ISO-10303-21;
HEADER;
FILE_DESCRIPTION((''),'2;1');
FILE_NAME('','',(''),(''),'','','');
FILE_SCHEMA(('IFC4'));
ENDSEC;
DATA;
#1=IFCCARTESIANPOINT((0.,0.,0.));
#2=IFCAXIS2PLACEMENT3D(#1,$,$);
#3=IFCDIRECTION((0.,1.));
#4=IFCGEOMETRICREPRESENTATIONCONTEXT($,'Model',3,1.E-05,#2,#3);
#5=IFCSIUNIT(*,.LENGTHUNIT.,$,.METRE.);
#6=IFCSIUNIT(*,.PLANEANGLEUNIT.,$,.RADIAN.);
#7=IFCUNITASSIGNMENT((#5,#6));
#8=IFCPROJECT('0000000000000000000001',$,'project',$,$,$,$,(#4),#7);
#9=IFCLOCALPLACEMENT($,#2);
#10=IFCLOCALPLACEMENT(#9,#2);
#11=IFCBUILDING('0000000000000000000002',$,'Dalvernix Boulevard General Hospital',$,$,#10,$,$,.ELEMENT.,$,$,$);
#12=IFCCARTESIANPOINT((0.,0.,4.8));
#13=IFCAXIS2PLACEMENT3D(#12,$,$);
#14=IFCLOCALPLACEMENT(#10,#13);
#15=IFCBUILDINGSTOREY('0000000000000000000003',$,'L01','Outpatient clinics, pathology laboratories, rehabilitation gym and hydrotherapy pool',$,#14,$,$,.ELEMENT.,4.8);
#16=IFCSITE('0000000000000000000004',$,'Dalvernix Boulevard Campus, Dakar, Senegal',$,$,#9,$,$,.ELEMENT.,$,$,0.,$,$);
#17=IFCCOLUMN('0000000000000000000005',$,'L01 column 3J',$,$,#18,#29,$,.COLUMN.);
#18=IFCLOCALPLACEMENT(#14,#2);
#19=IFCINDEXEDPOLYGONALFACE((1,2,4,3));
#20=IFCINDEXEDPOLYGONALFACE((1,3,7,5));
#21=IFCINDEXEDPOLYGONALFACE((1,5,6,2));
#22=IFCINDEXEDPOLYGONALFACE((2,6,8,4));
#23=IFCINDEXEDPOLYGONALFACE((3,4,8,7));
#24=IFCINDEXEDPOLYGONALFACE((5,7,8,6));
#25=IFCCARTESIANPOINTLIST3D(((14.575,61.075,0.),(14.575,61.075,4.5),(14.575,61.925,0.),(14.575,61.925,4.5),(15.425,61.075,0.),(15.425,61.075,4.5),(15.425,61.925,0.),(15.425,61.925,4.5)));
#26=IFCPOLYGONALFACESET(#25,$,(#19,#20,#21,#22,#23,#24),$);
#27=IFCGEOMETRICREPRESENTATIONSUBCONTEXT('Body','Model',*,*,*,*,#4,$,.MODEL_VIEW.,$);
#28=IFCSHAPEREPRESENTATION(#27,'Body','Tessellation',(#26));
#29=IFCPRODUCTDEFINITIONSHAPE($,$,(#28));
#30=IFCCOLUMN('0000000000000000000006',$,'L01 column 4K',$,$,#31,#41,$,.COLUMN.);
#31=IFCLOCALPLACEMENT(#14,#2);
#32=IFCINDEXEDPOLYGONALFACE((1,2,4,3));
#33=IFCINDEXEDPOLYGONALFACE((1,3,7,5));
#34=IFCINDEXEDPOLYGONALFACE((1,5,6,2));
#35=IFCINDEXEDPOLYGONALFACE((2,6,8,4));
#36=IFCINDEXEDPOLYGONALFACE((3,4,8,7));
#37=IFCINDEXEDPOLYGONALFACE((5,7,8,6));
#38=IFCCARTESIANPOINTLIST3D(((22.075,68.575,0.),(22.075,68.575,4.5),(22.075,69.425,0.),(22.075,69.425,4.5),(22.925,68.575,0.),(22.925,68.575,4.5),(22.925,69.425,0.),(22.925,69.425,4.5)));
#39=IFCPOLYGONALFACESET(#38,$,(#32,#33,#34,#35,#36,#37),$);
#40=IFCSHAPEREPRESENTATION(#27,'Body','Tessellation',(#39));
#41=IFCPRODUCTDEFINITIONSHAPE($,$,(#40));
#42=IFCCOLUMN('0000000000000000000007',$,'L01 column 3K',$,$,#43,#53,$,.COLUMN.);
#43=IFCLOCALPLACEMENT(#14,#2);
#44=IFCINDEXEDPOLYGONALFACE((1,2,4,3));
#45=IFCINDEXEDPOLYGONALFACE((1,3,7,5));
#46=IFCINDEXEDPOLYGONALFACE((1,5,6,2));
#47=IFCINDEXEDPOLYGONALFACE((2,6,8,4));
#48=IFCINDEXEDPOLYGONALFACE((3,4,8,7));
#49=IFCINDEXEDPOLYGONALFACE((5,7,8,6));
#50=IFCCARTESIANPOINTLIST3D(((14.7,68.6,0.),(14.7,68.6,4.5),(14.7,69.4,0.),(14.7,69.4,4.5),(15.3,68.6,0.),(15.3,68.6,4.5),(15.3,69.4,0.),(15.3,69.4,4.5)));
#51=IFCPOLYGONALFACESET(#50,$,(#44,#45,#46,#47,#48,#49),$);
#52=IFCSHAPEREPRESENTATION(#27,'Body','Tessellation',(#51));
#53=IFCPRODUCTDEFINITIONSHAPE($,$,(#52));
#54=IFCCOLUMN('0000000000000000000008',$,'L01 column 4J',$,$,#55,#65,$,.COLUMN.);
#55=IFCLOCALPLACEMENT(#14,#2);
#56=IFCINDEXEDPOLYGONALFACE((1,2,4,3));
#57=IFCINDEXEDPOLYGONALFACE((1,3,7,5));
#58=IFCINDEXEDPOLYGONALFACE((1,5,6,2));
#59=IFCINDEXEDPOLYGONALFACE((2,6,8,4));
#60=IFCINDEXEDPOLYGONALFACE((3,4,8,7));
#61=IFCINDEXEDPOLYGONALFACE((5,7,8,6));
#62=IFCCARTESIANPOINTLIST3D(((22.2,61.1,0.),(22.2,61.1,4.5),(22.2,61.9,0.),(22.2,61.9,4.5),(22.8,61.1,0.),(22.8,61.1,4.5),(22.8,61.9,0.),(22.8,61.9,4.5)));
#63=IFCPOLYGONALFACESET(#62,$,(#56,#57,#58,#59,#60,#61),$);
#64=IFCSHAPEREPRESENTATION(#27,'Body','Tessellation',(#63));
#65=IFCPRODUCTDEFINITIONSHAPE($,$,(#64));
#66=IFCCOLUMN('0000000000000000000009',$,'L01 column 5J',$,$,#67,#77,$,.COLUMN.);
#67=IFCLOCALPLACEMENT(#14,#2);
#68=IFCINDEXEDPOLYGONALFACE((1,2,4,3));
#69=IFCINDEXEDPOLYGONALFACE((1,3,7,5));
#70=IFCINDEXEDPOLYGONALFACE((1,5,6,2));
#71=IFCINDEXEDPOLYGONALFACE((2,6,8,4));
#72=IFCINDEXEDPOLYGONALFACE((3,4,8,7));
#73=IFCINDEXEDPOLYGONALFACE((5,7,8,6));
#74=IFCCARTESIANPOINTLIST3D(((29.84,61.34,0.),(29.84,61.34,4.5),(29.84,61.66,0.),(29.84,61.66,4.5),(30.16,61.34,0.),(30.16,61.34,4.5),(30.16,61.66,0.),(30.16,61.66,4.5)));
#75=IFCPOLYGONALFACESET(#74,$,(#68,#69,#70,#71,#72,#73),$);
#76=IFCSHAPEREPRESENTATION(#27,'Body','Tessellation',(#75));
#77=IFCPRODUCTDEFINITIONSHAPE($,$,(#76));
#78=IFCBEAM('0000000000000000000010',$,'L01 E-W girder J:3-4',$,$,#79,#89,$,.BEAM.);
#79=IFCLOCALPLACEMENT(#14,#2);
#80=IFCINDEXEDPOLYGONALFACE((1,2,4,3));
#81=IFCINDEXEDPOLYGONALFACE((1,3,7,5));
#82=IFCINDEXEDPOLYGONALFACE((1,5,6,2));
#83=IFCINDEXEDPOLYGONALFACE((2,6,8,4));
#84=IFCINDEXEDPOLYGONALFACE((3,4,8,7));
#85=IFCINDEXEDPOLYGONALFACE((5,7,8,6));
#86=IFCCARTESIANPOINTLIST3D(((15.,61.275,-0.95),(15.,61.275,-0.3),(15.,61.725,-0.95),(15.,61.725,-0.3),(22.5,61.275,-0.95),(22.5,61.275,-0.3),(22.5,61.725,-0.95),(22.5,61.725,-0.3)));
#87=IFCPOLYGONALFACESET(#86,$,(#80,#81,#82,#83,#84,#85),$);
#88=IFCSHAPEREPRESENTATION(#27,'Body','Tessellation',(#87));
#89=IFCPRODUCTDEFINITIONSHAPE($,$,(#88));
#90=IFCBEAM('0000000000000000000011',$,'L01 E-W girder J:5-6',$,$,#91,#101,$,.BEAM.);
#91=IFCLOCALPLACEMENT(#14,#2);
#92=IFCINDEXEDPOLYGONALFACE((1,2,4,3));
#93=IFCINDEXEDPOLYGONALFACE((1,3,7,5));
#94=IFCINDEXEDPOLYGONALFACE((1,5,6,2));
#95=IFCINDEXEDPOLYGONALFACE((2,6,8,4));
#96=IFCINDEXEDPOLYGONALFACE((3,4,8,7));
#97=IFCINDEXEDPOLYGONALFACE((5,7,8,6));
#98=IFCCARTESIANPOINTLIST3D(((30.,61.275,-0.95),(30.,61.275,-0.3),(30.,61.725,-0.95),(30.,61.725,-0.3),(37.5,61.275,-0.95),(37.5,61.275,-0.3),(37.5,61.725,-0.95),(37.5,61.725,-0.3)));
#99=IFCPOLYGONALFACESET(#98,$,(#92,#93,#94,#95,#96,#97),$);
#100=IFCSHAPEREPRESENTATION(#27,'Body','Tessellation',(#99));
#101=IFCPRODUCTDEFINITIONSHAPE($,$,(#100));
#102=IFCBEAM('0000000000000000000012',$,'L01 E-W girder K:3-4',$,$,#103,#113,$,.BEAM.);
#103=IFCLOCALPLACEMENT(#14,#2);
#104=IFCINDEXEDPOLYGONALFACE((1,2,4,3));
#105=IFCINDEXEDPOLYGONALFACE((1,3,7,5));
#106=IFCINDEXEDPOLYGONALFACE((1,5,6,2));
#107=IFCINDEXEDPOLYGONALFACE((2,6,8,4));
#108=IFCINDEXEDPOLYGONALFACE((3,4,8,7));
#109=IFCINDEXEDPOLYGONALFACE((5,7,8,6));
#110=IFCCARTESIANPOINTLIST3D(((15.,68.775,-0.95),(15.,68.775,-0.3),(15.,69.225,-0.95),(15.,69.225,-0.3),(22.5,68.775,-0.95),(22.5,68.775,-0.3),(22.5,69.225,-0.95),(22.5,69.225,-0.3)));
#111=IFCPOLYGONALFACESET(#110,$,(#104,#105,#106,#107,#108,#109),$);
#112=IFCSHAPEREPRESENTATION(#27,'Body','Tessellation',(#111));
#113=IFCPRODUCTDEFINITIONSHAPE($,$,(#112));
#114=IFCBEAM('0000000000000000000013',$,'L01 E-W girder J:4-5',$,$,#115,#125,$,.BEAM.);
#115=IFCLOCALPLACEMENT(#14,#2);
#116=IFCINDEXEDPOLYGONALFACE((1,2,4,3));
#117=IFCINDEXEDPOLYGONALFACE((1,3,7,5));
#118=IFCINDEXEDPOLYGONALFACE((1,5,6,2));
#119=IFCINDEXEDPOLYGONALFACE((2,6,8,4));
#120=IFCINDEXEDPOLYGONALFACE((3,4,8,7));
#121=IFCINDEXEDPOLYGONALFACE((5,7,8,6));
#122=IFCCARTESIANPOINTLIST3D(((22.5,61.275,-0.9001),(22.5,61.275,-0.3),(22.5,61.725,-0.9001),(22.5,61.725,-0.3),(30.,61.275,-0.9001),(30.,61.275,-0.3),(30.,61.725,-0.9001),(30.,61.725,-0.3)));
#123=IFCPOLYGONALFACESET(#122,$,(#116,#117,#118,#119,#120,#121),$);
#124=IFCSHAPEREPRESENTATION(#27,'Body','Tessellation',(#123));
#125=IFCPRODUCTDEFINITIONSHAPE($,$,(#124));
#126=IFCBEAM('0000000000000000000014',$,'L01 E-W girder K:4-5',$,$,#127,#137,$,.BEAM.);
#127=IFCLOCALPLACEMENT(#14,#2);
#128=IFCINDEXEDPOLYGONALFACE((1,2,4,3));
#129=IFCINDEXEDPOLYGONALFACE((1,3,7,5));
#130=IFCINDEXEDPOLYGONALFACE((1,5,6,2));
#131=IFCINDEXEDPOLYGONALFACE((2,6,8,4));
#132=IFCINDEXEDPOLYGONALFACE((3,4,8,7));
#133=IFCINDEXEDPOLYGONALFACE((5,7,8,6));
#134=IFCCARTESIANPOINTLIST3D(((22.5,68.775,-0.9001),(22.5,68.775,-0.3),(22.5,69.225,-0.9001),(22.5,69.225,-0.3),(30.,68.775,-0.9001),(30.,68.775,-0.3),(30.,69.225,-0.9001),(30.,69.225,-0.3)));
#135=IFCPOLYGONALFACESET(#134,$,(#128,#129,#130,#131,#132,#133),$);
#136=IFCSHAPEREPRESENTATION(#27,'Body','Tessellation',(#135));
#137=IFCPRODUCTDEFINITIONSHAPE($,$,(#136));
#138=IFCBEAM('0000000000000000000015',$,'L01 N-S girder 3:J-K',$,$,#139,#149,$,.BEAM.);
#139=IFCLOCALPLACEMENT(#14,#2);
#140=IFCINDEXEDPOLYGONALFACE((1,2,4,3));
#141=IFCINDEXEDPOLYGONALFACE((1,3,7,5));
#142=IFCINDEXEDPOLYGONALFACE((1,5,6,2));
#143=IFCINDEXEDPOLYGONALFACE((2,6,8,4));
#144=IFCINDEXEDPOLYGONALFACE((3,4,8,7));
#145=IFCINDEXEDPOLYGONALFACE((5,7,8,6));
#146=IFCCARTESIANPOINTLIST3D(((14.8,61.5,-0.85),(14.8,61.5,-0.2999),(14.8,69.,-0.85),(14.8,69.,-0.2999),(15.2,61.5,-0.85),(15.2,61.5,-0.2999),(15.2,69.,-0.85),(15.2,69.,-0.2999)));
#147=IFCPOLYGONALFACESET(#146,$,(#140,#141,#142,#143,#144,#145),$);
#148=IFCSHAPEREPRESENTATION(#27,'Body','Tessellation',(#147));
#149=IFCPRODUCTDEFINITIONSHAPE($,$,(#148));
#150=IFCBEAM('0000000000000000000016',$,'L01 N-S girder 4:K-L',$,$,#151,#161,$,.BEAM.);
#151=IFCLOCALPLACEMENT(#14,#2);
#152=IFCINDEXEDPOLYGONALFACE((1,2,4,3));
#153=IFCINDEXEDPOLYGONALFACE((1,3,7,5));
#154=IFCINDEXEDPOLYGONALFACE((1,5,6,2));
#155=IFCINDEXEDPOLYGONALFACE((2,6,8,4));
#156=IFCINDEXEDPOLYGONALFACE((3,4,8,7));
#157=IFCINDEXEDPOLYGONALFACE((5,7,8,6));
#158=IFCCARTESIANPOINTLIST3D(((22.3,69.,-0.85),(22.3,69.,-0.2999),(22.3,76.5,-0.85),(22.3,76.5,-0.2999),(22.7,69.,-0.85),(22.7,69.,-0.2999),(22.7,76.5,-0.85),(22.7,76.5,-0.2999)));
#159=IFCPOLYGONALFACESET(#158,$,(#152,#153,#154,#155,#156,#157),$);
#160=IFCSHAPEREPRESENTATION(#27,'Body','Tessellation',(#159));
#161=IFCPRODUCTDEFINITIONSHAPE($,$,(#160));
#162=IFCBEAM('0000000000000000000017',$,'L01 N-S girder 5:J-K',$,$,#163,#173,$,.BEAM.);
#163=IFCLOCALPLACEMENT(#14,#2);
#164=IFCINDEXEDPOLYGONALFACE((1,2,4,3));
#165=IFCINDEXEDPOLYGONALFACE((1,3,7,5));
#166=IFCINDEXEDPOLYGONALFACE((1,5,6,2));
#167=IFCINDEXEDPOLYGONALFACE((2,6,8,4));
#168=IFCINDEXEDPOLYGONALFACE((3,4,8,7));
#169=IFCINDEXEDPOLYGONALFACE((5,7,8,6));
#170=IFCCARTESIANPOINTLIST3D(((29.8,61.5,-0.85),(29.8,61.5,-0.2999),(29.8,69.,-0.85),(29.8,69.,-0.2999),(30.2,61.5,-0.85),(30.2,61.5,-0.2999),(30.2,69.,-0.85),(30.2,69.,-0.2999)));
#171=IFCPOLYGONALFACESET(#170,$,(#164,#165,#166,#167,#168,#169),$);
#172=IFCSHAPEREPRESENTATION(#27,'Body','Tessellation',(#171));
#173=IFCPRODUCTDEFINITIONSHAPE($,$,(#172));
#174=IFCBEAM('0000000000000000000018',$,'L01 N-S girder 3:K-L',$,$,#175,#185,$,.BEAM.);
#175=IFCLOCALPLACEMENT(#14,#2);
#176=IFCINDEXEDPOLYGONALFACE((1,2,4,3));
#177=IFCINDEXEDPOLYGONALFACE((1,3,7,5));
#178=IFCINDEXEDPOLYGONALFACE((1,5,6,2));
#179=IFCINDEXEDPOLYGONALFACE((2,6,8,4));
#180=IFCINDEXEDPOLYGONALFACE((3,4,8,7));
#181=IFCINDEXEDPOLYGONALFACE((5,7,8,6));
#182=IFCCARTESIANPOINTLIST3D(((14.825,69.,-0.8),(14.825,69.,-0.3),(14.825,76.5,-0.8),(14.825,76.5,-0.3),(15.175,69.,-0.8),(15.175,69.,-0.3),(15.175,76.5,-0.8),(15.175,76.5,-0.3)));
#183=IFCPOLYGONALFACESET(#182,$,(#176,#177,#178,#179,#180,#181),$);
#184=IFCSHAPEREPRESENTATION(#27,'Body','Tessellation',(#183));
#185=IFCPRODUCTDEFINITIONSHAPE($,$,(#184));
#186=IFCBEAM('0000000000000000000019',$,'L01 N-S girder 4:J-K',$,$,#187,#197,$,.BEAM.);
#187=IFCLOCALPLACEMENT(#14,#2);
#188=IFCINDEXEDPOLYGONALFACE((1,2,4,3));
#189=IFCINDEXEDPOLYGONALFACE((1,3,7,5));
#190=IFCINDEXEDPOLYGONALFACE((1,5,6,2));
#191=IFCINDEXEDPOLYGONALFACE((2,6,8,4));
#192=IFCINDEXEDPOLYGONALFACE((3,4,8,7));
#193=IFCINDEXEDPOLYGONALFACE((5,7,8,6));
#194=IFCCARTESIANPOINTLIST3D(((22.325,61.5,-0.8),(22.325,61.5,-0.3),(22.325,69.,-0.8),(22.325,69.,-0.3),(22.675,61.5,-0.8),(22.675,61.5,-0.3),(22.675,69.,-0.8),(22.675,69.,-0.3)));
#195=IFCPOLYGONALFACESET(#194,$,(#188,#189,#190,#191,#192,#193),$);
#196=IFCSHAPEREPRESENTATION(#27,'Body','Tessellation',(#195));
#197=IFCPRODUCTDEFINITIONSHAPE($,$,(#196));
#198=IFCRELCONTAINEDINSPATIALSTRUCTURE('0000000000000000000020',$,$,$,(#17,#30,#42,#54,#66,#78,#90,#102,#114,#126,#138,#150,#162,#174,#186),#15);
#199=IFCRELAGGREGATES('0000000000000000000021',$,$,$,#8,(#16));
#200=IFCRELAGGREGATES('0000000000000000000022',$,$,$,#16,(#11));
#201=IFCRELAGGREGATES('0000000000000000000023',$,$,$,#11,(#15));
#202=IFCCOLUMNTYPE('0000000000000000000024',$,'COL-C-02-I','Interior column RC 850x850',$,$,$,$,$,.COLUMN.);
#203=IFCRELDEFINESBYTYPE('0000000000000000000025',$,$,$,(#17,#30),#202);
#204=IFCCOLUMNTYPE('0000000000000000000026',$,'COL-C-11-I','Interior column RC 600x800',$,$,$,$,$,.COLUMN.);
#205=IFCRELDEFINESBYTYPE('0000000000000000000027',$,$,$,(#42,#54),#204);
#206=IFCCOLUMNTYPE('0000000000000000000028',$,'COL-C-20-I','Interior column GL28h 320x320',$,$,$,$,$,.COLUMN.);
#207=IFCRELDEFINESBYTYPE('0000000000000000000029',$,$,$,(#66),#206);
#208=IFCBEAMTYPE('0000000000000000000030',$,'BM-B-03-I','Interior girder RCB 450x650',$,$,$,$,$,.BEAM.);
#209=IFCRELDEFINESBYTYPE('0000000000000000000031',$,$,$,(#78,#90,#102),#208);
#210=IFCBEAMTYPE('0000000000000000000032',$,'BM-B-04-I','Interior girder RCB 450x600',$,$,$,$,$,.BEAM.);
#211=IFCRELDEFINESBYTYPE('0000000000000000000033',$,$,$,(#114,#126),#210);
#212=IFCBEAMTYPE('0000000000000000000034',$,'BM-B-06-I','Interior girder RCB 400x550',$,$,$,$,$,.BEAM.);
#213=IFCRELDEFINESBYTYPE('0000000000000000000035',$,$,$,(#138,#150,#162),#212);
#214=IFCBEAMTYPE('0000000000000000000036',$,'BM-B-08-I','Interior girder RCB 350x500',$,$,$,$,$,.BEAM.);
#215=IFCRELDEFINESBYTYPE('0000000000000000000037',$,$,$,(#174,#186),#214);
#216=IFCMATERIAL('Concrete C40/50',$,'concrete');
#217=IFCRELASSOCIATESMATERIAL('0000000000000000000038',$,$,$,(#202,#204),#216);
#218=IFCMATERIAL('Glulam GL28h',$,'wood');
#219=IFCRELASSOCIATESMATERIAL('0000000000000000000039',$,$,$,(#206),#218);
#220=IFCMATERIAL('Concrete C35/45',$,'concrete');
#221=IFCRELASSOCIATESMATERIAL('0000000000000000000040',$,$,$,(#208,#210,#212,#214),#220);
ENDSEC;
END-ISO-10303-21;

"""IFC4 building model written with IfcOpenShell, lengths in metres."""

from ifc_helpers import new_model, si_unit, direction, frame, origin, origin_2d, place, context, subcontext, project, spatial, rectangle, extrude, material, material_profile, profile_set, type_object, element, save


model = new_model("IFC4")

# Units and contexts
model_context = context("Model", 3, precision=1e-05, world=origin(), true_north=direction((0.0, 1.0)))
body_context = subcontext(model_context, "Body", "Model", "MODEL_VIEW")
ifc_project = project(units=[si_unit("LENGTHUNIT", "METRE"), si_unit("PLANEANGLEUNIT", "RADIAN")], contexts=[model_context])

# Site, building, storey
site_placement = place(None, origin())
site = spatial("IfcSite", under=ifc_project, at=site_placement, Name="Dalvernix Boulevard Campus, Dakar, Senegal", CompositionType="ELEMENT", RefElevation=0.0)
building_placement = place(site_placement, origin())
building = spatial("IfcBuilding", under=site, at=building_placement, Name="Dalvernix Boulevard General Hospital", CompositionType="ELEMENT")
storey_placement = place(building_placement, frame((0.0, 0.0, 4.8)))
storey = spatial("IfcBuildingStorey", under=building, at=storey_placement, Name="L01", Description="Outpatient clinics, pathology laboratories, rehabilitation gym and hydrotherapy pool", CompositionType="ELEMENT", Elevation=4.8)

# Columns
ifc_material_1 = material(Name="Concrete C40/50", Category="concrete")
ifc_material_profile_1 = material_profile(ifc_material_1, rectangle(XDim=0.8501, YDim=0.8501, at=origin_2d()), Name="RC 850x850")
ifc_profile_set_1 = profile_set([ifc_material_profile_1], Name="Concrete C40/50")
column_type_1 = type_object("IfcColumnType", Name="COL-C-02-I", Description="Interior column RC 850x850", PredefinedType="COLUMN", material=ifc_profile_set_1)
for number, where, z_axis, x_axis, name in (
    (1, (15.0, 61.5, 0.0), (0.0, 0.0, 1.0), (1.0, 0.0, 0.0), "L01 column 3J"),
    (2, (22.5, 69.0, 0.0), (0.0, 0.0, 1.0), (1.0, 0.0, 0.0), "L01 column 4K"),
):
    element("IfcColumn", number, at=place(storey_placement, frame(where, z_axis=z_axis, x_axis=x_axis)), inside=storey, type_object=column_type_1, Name=name, PredefinedType="COLUMN", context=body_context, shape_type="SweptSolid", body=[
        extrude(rectangle(XDim=0.8501, YDim=0.8501, at=origin_2d()), origin(), (0.0, 0.0, 1.0), 4.5),
    ])
ifc_material_profile_2 = material_profile(ifc_material_1, rectangle(XDim=0.6001, YDim=0.8, at=origin_2d()), Name="RC 600x800")
ifc_profile_set_2 = profile_set([ifc_material_profile_2], Name="Concrete C40/50")
column_type_2 = type_object("IfcColumnType", Name="COL-C-11-I", Description="Interior column RC 600x800", PredefinedType="COLUMN", material=ifc_profile_set_2)
for number, where, z_axis, x_axis, name in (
    (3, (15.0, 69.0, 0.0), (0.0, 0.0, 1.0), (1.0, 0.0, 0.0), "L01 column 3K"),
    (4, (22.5, 61.5, 0.0), (0.0, 0.0, 1.0), (1.0, 0.0, 0.0), "L01 column 4J"),
):
    element("IfcColumn", number, at=place(storey_placement, frame(where, z_axis=z_axis, x_axis=x_axis)), inside=storey, type_object=column_type_2, Name=name, PredefinedType="COLUMN", context=body_context, shape_type="SweptSolid", body=[
        extrude(rectangle(XDim=0.6001, YDim=0.8, at=origin_2d()), origin(), (0.0, 0.0, 1.0), 4.5),
    ])
ifc_material_2 = material(Name="Glulam GL28h", Category="wood")
ifc_material_profile_3 = material_profile(ifc_material_2, rectangle(XDim=0.3201, YDim=0.3201, at=origin_2d()), Name="GL28h 320x320")
ifc_profile_set_3 = profile_set([ifc_material_profile_3], Name="Glulam GL28h")
column_type_3 = type_object("IfcColumnType", Name="COL-C-20-I", Description="Interior column GL28h 320x320", PredefinedType="COLUMN", material=ifc_profile_set_3)
column_placement = place(storey_placement, frame((30.0, 61.5, 0.0), z_axis=(0.0, 0.0, 1.0), x_axis=(1.0, 0.0, 0.0)))
element("IfcColumn", 5, at=column_placement, inside=storey, type_object=column_type_3, Name="L01 column 5J", PredefinedType="COLUMN", context=body_context, shape_type="SweptSolid", body=[
    extrude(rectangle(XDim=0.3201, YDim=0.3201, at=origin_2d()), origin(), (0.0, 0.0, 1.0), 4.5),
])

# Beams
ifc_material_3 = material(Name="Concrete C35/45", Category="concrete")
ifc_material_profile_4 = material_profile(ifc_material_3, rectangle(XDim=0.45, YDim=0.6499, at=origin_2d()), Name="RCB 450x650")
ifc_profile_set_4 = profile_set([ifc_material_profile_4], Name="Concrete C35/45")
beam_type_1 = type_object("IfcBeamType", Name="BM-B-03-I", Description="Interior girder RCB 450x650", PredefinedType="BEAM", material=ifc_profile_set_4)
for number, where, z_axis, x_axis, name in (
    (6, (15.0, 61.5, -0.625), (1.0, 0.0, 0.0), (0.0, 1.0, 0.0), "L01 E-W girder J:3-4"),
    (7, (30.0, 61.5, -0.625), (1.0, 0.0, 0.0), (0.0, 1.0, 0.0), "L01 E-W girder J:5-6"),
    (8, (15.0, 69.0, -0.625), (1.0, 0.0, 0.0), (0.0, 1.0, 0.0), "L01 E-W girder K:3-4"),
):
    element("IfcBeam", number, at=place(storey_placement, frame(where, z_axis=z_axis, x_axis=x_axis)), inside=storey, type_object=beam_type_1, Name=name, PredefinedType="BEAM", context=body_context, shape_type="SweptSolid", body=[
        extrude(rectangle(XDim=0.45, YDim=0.6499, at=origin_2d()), origin(), (0.0, 0.0, 1.0), 7.5),
    ])
ifc_material_profile_5 = material_profile(ifc_material_3, rectangle(XDim=0.45, YDim=0.6001, at=origin_2d()), Name="RCB 450x600")
ifc_profile_set_5 = profile_set([ifc_material_profile_5], Name="Concrete C35/45")
beam_type_2 = type_object("IfcBeamType", Name="BM-B-04-I", Description="Interior girder RCB 450x600", PredefinedType="BEAM", material=ifc_profile_set_5)
for number, where, z_axis, x_axis, name in (
    (9, (22.5, 61.5, -0.6001), (1.0, 0.0, 0.0), (0.0, 1.0, 0.0), "L01 E-W girder J:4-5"),
    (10, (22.5, 69.0, -0.6001), (1.0, 0.0, 0.0), (0.0, 1.0, 0.0), "L01 E-W girder K:4-5"),
):
    element("IfcBeam", number, at=place(storey_placement, frame(where, z_axis=z_axis, x_axis=x_axis)), inside=storey, type_object=beam_type_2, Name=name, PredefinedType="BEAM", context=body_context, shape_type="SweptSolid", body=[
        extrude(rectangle(XDim=0.45, YDim=0.6001, at=origin_2d()), origin(), (0.0, 0.0, 1.0), 7.5),
    ])
ifc_material_profile_6 = material_profile(ifc_material_3, rectangle(XDim=0.3999, YDim=0.55, at=origin_2d()), Name="RCB 400x550")
ifc_profile_set_6 = profile_set([ifc_material_profile_6], Name="Concrete C35/45")
beam_type_3 = type_object("IfcBeamType", Name="BM-B-06-I", Description="Interior girder RCB 400x550", PredefinedType="BEAM", material=ifc_profile_set_6)
for number, where, z_axis, x_axis, name in (
    (11, (15.0, 61.5, -0.575), (0.0, 1.0, 0.0), (-1.0, 0.0, 0.0), "L01 N-S girder 3:J-K"),
    (12, (22.5, 69.0, -0.575), (0.0, 1.0, 0.0), (-1.0, 0.0, 0.0), "L01 N-S girder 4:K-L"),
    (13, (30.0, 61.5, -0.575), (0.0, 1.0, 0.0), (-1.0, 0.0, 0.0), "L01 N-S girder 5:J-K"),
):
    element("IfcBeam", number, at=place(storey_placement, frame(where, z_axis=z_axis, x_axis=x_axis)), inside=storey, type_object=beam_type_3, Name=name, PredefinedType="BEAM", context=body_context, shape_type="SweptSolid", body=[
        extrude(rectangle(XDim=0.3999, YDim=0.55, at=origin_2d()), origin(), (0.0, 0.0, 1.0), 7.5),
    ])
ifc_material_profile_7 = material_profile(ifc_material_3, rectangle(XDim=0.3501, YDim=0.5, at=origin_2d()), Name="RCB 350x500")
ifc_profile_set_7 = profile_set([ifc_material_profile_7], Name="Concrete C35/45")
beam_type_4 = type_object("IfcBeamType", Name="BM-B-08-I", Description="Interior girder RCB 350x500", PredefinedType="BEAM", material=ifc_profile_set_7)
for number, where, z_axis, x_axis, name in (
    (14, (15.0, 69.0, -0.55), (0.0, 1.0, 0.0), (-1.0, 0.0, 0.0), "L01 N-S girder 3:K-L"),
    (15, (22.5, 61.5, -0.55), (0.0, 1.0, 0.0), (-1.0, 0.0, 0.0), "L01 N-S girder 4:J-K"),
):
    element("IfcBeam", number, at=place(storey_placement, frame(where, z_axis=z_axis, x_axis=x_axis)), inside=storey, type_object=beam_type_4, Name=name, PredefinedType="BEAM", context=body_context, shape_type="SweptSolid", body=[
        extrude(rectangle(XDim=0.3501, YDim=0.5, at=origin_2d()), origin(), (0.0, 0.0, 1.0), 7.5),
    ])

save(model, "model.ifc")
